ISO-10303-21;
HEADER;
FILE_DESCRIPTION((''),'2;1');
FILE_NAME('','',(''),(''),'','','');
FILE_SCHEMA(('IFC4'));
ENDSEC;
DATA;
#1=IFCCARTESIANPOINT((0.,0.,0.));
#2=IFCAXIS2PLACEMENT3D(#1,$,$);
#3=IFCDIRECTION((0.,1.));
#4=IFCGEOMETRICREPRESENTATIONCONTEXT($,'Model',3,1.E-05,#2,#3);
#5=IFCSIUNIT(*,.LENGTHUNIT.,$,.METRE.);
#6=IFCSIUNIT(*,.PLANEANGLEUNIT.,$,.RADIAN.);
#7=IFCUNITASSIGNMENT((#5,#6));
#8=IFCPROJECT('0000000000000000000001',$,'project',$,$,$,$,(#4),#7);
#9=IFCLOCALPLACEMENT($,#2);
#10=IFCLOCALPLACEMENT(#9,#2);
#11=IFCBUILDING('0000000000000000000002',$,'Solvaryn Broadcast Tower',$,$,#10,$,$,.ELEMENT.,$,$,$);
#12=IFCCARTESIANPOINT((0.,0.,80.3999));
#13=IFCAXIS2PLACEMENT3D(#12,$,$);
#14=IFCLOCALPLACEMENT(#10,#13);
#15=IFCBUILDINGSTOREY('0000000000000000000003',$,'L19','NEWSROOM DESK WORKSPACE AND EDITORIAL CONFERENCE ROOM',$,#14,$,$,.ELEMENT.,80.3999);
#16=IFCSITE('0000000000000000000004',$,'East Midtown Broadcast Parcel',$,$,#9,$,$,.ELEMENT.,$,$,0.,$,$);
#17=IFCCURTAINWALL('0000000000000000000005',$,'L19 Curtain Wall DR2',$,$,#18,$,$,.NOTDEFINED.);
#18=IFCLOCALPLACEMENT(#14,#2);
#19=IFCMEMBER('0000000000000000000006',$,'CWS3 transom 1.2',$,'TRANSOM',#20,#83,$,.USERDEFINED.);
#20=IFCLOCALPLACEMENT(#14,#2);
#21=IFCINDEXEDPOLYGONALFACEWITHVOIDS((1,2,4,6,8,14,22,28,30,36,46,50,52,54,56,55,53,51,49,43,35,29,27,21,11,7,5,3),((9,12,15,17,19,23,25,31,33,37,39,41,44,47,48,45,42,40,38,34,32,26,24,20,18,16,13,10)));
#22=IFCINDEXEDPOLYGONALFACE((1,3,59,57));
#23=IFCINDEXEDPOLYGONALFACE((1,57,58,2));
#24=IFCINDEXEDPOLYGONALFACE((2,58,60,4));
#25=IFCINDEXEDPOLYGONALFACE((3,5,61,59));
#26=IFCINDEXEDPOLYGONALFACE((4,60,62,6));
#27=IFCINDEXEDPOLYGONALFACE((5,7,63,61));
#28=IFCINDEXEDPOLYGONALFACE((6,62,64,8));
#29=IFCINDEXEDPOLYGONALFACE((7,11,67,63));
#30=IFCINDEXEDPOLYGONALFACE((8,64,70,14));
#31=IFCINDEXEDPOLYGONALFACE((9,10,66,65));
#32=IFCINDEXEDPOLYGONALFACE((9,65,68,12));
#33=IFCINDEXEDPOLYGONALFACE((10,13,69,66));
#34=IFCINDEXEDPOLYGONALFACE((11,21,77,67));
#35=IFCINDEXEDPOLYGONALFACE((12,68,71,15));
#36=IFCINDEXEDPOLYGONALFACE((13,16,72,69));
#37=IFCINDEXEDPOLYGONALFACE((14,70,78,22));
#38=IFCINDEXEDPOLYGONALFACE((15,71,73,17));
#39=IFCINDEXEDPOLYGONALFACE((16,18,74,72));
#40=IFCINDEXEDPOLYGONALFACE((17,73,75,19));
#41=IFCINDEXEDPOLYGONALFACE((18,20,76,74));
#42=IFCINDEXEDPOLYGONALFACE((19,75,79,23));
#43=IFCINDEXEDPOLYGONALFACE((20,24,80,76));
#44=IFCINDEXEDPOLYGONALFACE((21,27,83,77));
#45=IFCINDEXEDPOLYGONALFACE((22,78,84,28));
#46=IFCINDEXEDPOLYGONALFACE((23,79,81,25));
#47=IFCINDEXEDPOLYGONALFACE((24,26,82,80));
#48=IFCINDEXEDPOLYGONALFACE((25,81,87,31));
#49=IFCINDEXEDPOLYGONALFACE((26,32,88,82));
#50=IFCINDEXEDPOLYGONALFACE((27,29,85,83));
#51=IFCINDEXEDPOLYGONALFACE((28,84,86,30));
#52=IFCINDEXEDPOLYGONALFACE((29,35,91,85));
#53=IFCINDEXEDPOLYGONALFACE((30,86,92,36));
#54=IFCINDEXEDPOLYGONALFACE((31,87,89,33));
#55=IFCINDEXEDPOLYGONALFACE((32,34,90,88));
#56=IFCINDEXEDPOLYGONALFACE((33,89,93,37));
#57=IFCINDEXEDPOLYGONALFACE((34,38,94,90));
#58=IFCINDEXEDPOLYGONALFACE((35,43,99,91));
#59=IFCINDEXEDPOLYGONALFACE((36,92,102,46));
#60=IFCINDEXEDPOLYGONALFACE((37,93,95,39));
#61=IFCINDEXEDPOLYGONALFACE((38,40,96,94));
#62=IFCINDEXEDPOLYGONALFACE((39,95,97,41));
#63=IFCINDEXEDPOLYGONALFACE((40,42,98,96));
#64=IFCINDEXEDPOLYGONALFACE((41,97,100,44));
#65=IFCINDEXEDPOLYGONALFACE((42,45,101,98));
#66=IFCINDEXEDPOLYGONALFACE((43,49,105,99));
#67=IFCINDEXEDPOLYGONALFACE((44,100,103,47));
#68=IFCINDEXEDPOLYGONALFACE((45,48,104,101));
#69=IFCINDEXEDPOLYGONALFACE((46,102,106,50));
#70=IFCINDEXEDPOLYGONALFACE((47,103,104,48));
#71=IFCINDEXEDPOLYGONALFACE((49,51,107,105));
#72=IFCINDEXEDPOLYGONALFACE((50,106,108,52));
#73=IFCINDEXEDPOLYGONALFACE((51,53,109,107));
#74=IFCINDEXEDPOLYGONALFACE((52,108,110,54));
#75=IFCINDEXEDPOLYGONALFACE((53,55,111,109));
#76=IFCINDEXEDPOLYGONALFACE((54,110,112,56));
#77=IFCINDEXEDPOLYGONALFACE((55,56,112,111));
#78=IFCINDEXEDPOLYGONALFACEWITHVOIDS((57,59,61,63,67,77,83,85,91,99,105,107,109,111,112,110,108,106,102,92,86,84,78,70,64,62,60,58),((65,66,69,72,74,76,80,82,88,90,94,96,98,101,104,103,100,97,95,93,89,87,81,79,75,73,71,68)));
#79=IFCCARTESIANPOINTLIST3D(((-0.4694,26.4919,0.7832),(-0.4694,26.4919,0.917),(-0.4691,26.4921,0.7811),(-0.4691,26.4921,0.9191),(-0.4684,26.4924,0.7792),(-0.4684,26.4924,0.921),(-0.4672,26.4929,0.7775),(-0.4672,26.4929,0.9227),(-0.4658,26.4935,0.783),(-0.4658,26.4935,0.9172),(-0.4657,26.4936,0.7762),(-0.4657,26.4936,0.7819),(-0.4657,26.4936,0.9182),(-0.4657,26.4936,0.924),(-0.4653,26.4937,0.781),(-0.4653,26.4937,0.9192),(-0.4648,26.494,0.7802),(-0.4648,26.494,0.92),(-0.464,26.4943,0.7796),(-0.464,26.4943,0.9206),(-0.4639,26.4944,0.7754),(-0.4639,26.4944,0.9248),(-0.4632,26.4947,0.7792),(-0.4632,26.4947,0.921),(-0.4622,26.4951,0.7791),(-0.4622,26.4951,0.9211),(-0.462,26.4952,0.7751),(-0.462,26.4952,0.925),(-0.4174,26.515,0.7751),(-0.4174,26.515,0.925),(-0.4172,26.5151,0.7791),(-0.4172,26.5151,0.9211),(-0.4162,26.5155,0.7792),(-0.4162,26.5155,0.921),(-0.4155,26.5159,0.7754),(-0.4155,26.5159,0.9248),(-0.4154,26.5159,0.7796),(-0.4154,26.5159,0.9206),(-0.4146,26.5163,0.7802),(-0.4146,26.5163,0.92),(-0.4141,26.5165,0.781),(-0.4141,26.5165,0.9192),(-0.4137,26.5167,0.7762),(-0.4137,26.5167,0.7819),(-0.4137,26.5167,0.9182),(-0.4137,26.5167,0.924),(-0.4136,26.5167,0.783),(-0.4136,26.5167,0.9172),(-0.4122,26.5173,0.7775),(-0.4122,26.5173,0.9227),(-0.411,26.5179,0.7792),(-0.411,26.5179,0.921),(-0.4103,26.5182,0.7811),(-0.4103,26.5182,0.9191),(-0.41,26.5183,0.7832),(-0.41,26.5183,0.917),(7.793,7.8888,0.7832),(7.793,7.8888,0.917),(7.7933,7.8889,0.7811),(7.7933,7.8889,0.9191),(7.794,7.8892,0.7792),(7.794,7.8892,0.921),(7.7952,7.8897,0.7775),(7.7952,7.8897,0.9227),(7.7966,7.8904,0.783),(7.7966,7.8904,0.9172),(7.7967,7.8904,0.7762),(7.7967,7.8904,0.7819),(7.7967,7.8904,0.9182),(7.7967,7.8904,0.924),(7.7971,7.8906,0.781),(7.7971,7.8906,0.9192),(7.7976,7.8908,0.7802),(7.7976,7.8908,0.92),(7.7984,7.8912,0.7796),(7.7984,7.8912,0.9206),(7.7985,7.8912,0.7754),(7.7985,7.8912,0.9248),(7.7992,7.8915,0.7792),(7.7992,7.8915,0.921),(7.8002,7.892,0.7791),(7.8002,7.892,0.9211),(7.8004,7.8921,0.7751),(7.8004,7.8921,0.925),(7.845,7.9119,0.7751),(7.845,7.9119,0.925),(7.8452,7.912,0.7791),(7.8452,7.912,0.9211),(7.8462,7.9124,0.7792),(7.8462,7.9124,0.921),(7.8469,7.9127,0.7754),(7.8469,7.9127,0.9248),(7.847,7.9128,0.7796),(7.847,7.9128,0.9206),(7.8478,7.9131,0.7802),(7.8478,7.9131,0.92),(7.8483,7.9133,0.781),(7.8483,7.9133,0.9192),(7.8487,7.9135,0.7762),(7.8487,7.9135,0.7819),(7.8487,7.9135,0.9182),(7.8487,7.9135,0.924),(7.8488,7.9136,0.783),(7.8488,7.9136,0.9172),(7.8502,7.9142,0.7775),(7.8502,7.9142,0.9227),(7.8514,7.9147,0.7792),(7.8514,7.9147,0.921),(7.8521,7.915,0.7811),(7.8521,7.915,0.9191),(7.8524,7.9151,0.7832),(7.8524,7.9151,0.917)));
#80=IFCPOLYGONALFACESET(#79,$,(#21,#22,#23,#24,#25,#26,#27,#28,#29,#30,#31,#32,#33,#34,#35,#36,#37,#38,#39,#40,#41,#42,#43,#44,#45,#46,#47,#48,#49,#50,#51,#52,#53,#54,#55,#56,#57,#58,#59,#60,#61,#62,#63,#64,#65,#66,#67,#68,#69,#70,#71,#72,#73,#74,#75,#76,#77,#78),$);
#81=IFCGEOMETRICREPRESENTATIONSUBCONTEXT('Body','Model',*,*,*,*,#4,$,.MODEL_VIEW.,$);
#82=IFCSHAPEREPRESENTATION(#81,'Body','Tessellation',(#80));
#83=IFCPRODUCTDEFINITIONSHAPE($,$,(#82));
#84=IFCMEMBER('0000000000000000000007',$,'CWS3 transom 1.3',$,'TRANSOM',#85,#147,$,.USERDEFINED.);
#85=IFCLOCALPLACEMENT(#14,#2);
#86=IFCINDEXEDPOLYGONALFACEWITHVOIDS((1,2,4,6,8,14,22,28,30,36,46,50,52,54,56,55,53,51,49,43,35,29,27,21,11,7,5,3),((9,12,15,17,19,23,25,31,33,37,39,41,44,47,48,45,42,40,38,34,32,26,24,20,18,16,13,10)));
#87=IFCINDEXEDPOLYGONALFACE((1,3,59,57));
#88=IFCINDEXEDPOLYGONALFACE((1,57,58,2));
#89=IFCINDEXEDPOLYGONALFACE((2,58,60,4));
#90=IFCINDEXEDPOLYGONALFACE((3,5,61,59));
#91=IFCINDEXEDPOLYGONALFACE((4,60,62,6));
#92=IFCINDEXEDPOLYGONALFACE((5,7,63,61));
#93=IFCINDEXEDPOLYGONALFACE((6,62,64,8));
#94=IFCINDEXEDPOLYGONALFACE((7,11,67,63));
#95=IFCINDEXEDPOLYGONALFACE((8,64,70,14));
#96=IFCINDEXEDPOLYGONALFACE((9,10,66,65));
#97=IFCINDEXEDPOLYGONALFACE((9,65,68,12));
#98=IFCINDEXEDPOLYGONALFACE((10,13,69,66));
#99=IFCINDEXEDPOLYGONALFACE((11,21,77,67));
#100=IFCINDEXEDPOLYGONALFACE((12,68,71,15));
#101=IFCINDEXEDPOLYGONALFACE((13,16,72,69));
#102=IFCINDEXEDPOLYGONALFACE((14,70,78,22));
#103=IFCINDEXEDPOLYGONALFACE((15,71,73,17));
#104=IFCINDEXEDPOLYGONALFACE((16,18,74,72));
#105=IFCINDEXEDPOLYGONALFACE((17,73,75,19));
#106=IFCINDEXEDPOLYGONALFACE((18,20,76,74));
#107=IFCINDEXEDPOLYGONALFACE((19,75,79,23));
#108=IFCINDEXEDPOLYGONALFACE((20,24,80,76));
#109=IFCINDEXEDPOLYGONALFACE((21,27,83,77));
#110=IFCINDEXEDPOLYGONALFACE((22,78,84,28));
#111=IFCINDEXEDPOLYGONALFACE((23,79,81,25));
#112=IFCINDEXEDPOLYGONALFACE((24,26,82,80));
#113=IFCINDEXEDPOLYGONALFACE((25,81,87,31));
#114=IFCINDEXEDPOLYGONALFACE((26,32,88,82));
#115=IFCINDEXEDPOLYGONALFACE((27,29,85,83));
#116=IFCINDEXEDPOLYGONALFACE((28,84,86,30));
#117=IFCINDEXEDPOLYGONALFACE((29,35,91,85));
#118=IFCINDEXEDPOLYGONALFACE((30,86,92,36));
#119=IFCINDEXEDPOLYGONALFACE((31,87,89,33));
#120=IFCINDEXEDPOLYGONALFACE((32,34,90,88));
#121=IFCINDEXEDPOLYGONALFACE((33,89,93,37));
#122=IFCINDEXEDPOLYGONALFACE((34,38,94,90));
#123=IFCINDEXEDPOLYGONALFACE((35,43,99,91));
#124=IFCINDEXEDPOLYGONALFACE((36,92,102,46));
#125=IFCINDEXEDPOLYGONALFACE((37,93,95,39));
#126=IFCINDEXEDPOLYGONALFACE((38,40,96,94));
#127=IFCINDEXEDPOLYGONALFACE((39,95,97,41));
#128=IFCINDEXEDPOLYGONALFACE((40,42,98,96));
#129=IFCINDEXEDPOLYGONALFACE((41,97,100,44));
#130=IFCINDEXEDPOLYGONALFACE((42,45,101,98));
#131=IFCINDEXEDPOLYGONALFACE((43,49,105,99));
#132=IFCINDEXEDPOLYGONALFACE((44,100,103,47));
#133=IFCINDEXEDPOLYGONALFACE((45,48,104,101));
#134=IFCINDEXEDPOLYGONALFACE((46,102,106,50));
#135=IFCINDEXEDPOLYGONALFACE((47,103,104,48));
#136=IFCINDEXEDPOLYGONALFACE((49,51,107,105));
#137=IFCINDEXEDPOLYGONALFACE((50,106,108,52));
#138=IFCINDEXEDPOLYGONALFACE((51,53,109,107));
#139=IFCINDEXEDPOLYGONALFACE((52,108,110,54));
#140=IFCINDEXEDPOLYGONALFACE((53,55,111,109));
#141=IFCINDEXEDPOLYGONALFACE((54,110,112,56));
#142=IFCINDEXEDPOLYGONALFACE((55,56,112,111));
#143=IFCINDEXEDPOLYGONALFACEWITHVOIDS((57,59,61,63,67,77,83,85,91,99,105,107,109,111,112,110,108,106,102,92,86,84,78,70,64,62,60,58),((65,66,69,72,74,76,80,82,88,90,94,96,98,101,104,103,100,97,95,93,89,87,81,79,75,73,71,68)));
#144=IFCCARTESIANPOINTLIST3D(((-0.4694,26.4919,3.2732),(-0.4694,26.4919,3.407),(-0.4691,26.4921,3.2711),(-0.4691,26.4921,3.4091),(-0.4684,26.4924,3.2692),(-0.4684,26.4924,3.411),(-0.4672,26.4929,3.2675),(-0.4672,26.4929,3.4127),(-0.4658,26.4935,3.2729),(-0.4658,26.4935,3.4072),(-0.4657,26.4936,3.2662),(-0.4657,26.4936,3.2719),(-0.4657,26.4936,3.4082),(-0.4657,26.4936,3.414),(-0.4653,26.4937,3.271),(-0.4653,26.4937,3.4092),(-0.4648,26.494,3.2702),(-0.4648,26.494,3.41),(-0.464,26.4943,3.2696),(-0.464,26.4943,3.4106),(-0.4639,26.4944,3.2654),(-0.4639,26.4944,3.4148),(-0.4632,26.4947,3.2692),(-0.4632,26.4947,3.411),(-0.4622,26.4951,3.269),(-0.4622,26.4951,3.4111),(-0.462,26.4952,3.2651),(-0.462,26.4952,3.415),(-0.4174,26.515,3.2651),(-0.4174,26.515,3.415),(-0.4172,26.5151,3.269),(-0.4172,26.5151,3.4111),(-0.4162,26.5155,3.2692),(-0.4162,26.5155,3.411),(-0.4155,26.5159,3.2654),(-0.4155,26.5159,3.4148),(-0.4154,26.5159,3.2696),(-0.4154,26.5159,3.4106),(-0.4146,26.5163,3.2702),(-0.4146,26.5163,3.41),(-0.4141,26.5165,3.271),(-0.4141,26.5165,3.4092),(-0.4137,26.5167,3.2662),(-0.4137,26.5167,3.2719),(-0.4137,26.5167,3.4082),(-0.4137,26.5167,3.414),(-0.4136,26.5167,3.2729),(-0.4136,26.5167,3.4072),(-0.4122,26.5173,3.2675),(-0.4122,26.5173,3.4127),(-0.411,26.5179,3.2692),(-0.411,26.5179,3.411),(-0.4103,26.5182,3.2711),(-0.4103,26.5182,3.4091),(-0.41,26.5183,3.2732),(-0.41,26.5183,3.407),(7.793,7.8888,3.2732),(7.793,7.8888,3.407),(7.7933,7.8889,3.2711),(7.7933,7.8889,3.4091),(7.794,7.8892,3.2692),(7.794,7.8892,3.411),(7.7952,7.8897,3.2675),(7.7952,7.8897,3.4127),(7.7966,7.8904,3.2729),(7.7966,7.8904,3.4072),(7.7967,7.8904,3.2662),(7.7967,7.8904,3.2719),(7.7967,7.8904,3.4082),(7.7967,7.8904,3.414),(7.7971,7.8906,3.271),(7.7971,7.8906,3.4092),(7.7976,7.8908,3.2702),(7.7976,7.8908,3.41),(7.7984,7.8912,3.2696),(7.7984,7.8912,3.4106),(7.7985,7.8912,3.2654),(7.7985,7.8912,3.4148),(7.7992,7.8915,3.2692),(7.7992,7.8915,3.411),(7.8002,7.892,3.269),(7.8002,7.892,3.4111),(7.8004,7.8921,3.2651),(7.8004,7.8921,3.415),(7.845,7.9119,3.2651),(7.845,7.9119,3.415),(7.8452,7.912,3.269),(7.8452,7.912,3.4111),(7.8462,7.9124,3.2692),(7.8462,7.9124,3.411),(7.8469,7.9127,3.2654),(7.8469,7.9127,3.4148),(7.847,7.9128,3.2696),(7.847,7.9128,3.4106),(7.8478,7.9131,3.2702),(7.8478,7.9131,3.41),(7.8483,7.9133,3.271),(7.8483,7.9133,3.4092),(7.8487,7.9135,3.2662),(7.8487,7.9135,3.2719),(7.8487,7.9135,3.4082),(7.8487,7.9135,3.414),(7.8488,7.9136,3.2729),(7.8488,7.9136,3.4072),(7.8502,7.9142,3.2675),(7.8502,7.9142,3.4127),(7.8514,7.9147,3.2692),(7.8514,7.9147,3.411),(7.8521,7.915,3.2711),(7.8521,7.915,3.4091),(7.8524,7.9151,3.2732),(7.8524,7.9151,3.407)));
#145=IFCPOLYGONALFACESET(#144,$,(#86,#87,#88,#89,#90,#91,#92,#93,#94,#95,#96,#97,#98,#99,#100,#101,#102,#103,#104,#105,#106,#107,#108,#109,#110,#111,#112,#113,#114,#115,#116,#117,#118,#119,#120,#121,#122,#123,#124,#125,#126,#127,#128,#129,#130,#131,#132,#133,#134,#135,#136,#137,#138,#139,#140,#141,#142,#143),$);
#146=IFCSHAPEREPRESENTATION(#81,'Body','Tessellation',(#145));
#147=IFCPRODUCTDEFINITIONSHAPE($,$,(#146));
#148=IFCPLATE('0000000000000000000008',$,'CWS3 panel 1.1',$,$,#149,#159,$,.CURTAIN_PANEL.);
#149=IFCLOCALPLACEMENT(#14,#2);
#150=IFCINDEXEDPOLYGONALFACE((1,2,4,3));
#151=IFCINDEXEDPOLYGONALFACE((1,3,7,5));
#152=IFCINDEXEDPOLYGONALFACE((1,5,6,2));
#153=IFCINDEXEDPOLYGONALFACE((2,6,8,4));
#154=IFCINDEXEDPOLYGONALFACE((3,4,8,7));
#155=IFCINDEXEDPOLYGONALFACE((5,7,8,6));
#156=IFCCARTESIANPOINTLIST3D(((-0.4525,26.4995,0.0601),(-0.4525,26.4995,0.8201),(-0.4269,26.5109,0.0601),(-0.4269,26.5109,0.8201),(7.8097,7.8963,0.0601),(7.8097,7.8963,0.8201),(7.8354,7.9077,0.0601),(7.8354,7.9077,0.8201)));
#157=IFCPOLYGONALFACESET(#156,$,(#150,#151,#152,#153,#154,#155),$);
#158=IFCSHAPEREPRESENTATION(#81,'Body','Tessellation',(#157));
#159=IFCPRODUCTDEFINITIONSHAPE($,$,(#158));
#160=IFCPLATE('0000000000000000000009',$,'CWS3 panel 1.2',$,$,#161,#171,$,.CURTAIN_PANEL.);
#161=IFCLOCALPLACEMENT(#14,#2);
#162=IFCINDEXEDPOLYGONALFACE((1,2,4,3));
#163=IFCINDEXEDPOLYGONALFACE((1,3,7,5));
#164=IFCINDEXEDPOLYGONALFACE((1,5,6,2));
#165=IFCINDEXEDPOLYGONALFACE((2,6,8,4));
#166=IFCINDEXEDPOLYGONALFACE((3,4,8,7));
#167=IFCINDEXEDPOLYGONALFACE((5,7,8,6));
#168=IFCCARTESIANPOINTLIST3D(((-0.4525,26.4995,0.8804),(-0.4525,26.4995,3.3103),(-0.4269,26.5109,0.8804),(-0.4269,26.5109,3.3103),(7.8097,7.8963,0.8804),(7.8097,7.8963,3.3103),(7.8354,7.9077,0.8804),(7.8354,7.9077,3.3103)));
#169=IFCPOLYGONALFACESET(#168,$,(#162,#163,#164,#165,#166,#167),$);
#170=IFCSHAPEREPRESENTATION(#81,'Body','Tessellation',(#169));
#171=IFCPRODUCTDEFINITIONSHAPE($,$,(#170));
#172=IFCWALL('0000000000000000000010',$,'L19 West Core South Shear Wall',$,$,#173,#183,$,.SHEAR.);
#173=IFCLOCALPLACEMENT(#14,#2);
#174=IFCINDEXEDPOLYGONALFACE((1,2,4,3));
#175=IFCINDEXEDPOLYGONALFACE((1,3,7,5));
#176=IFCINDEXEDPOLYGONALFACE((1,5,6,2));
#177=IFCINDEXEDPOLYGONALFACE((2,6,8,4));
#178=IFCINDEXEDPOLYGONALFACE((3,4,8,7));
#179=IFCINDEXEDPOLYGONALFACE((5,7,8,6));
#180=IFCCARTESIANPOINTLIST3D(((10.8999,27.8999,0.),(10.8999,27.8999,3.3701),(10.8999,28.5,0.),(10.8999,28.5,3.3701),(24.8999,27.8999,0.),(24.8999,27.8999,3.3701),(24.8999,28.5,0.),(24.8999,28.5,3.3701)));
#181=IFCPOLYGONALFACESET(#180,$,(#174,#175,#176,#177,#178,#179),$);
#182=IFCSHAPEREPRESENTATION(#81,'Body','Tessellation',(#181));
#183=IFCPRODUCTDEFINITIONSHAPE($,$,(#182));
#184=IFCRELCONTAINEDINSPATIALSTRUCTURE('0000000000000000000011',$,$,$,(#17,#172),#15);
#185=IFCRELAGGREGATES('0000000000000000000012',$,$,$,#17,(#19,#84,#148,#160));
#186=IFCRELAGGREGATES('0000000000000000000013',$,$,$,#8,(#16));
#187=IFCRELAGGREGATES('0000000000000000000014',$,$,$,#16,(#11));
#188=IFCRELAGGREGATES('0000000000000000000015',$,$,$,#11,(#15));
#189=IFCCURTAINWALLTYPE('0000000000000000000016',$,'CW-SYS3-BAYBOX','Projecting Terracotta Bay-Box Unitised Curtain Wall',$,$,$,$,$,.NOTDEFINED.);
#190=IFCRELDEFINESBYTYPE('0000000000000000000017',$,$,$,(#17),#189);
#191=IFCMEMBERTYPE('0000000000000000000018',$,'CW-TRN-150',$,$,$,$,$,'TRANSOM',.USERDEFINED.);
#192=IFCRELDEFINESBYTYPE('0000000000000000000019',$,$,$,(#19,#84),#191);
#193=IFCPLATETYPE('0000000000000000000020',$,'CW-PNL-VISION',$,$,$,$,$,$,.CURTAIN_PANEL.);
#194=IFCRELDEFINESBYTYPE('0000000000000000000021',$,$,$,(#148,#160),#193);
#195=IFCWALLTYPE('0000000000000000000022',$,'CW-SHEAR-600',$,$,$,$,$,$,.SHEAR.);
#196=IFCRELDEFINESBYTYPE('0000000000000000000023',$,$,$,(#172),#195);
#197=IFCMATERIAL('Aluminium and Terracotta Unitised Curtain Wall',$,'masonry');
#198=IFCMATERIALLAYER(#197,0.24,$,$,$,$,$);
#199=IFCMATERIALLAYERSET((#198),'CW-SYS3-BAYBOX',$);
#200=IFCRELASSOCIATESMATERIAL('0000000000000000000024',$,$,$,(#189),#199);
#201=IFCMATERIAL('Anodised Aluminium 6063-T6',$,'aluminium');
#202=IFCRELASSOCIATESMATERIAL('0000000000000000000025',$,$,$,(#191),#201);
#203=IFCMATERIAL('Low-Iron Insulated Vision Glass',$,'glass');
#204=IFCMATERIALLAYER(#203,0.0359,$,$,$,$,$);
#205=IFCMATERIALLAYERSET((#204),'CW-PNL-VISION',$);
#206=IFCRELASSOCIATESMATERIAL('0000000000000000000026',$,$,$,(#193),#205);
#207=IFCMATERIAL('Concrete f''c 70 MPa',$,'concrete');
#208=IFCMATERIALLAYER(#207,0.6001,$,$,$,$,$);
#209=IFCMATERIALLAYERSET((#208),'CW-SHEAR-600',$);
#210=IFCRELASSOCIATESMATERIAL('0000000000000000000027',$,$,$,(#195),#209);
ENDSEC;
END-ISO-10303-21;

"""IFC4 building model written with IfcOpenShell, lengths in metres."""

from ifc_helpers import new_model, si_unit, direction, frame, frame_2d, origin, origin_2d, place, context, subcontext, project, spatial, rectangle, hollow_rectangle, extrude, material, layer, layer_set, material_profile, profile_set, type_object, element, aggregate, save


model = new_model("IFC4")

# Units and contexts
model_context = context("Model", 3, precision=1e-05, world=origin(), true_north=direction((0.0, 1.0)))
body_context = subcontext(model_context, "Body", "Model", "MODEL_VIEW")
ifc_project = project(units=[si_unit("LENGTHUNIT", "METRE"), si_unit("PLANEANGLEUNIT", "RADIAN")], contexts=[model_context])

# Site, building, storey
site_placement = place(None, origin())
site = spatial("IfcSite", under=ifc_project, at=site_placement, Name="East Midtown Broadcast Parcel", CompositionType="ELEMENT", RefElevation=0.0)
building_placement = place(site_placement, origin())
building = spatial("IfcBuilding", under=site, at=building_placement, Name="Solvaryn Broadcast Tower", CompositionType="ELEMENT")
storey_placement = place(building_placement, frame((0.0, 0.0, 80.3999)))
storey = spatial("IfcBuildingStorey", under=building, at=storey_placement, Name="L19", Description="NEWSROOM DESK WORKSPACE AND EDITORIAL CONFERENCE ROOM", CompositionType="ELEMENT", Elevation=80.3999)

# Curtain wall, members, plates
ifc_material_1 = material(Name="Aluminium and Terracotta Unitised Curtain Wall", Category="masonry")
ifc_layer_1 = layer(ifc_material_1, 0.24)
ifc_layer_set_1 = layer_set([ifc_layer_1], Name="CW-SYS3-BAYBOX")
curtain_wall_type_1 = type_object("IfcCurtainWallType", Name="CW-SYS3-BAYBOX", Description="Projecting Terracotta Bay-Box Unitised Curtain Wall", PredefinedType="NOTDEFINED", material=ifc_layer_set_1)
curtain_wall_1_placement = place(storey_placement, origin())
curtain_wall_1 = element("IfcCurtainWall", 1, at=curtain_wall_1_placement, inside=storey, type_object=curtain_wall_type_1, Name="L19 Curtain Wall DR2", PredefinedType="NOTDEFINED")
ifc_material_2 = material(Name="Anodised Aluminium 6063-T6", Category="aluminium")
ifc_material_profile_1 = material_profile(ifc_material_2, hollow_rectangle(XDim=0.0649, YDim=0.1499, WallThickness=0.0039, InnerFilletRadius=0.0039, OuterFilletRadius=0.0081, at=origin_2d()))
ifc_profile_set_1 = profile_set([ifc_material_profile_1], Name="Anodised Aluminium 6063-T6")
member_type_1 = type_object("IfcMemberType", Name="CW-TRN-150", ElementType="TRANSOM", PredefinedType="USERDEFINED", material=ifc_profile_set_1)
member_1_placement = place(storey_placement, frame((-0.4397, 26.5051, 0.8501), z_axis=(0.405906, -0.913915, 0.0), x_axis=(0.913915, 0.405906, 0.0)))
member_1 = element("IfcMember", 2, at=member_1_placement, type_object=member_type_1, Name="CWS3 transom 1.2", ObjectType="TRANSOM", PredefinedType="USERDEFINED", context=body_context, shape_type="SweptSolid", body=[
    extrude(hollow_rectangle(XDim=0.0649, YDim=0.1499, WallThickness=0.0039, InnerFilletRadius=0.0039, OuterFilletRadius=0.0081, at=origin_2d()), origin(), (0.0, 0.0, 1.0), 20.3555),
])
member_2_placement = place(storey_placement, frame((-0.4397, 26.5051, 3.3401), z_axis=(0.405906, -0.913915, 0.0), x_axis=(0.913915, 0.405906, 0.0)))
member_2 = element("IfcMember", 3, at=member_2_placement, type_object=member_type_1, Name="CWS3 transom 1.3", ObjectType="TRANSOM", PredefinedType="USERDEFINED", context=body_context, shape_type="SweptSolid", body=[
    extrude(hollow_rectangle(XDim=0.0649, YDim=0.1499, WallThickness=0.0039, InnerFilletRadius=0.0039, OuterFilletRadius=0.0081, at=origin_2d()), origin(), (0.0, 0.0, 1.0), 20.3555),
])
ifc_material_3 = material(Name="Low-Iron Insulated Vision Glass", Category="glass")
ifc_layer_2 = layer(ifc_material_3, 0.0359)
ifc_layer_set_2 = layer_set([ifc_layer_2], Name="CW-PNL-VISION")
plate_type = type_object("IfcPlateType", Name="CW-PNL-VISION", PredefinedType="CURTAIN_PANEL", material=ifc_layer_set_2)
plate_1_placement = place(storey_placement, frame((3.6914, 17.2036, 0.0601), z_axis=(0.0, 0.0, 1.0), x_axis=(0.405898, -0.913918, 0.0)))
plate_1 = element("IfcPlate", 4, at=plate_1_placement, type_object=plate_type, Name="CWS3 panel 1.1", PredefinedType="CURTAIN_PANEL", context=body_context, shape_type="SweptSolid", body=[
    extrude(rectangle(XDim=20.3555, YDim=0.0281, at=origin_2d()), origin(), (0.0, 0.0, 1.0), 0.76),
])
plate_2_placement = place(storey_placement, frame((3.6914, 17.2036, 0.8804), z_axis=(0.0, 0.0, 1.0), x_axis=(0.405898, -0.913918, 0.0)))
plate_2 = element("IfcPlate", 5, at=plate_2_placement, type_object=plate_type, Name="CWS3 panel 1.2", PredefinedType="CURTAIN_PANEL", context=body_context, shape_type="SweptSolid", body=[
    extrude(rectangle(XDim=20.3555, YDim=0.0281, at=origin_2d()), origin(), (0.0, 0.0, 1.0), 2.4299),
])
aggregate(curtain_wall_1, [member_1, member_2, plate_1, plate_2])

# Wall
ifc_material_4 = material(Name="Concrete f'c 70 MPa", Category="concrete")
ifc_layer_3 = layer(ifc_material_4, 0.6001)
ifc_layer_set_3 = layer_set([ifc_layer_3], Name="CW-SHEAR-600")
wall_type_1 = type_object("IfcWallType", Name="CW-SHEAR-600", PredefinedType="SHEAR", material=ifc_layer_set_3)
wall_1_placement = place(storey_placement, frame((10.8999, 28.2, 0.0), z_axis=(0.0, 0.0, 1.0), x_axis=(1.0, 0.0, 0.0)))
element("IfcWall", 6, at=wall_1_placement, inside=storey, type_object=wall_type_1, Name="L19 West Core South Shear Wall", PredefinedType="SHEAR", context=body_context, shape_type="SweptSolid", body=[
    extrude(rectangle(XDim=14.0, YDim=0.6001, at=frame_2d((7.0, 0.0))), origin(), (0.0, 0.0, 1.0), 3.3701),
])

save(model, "model.ifc")
